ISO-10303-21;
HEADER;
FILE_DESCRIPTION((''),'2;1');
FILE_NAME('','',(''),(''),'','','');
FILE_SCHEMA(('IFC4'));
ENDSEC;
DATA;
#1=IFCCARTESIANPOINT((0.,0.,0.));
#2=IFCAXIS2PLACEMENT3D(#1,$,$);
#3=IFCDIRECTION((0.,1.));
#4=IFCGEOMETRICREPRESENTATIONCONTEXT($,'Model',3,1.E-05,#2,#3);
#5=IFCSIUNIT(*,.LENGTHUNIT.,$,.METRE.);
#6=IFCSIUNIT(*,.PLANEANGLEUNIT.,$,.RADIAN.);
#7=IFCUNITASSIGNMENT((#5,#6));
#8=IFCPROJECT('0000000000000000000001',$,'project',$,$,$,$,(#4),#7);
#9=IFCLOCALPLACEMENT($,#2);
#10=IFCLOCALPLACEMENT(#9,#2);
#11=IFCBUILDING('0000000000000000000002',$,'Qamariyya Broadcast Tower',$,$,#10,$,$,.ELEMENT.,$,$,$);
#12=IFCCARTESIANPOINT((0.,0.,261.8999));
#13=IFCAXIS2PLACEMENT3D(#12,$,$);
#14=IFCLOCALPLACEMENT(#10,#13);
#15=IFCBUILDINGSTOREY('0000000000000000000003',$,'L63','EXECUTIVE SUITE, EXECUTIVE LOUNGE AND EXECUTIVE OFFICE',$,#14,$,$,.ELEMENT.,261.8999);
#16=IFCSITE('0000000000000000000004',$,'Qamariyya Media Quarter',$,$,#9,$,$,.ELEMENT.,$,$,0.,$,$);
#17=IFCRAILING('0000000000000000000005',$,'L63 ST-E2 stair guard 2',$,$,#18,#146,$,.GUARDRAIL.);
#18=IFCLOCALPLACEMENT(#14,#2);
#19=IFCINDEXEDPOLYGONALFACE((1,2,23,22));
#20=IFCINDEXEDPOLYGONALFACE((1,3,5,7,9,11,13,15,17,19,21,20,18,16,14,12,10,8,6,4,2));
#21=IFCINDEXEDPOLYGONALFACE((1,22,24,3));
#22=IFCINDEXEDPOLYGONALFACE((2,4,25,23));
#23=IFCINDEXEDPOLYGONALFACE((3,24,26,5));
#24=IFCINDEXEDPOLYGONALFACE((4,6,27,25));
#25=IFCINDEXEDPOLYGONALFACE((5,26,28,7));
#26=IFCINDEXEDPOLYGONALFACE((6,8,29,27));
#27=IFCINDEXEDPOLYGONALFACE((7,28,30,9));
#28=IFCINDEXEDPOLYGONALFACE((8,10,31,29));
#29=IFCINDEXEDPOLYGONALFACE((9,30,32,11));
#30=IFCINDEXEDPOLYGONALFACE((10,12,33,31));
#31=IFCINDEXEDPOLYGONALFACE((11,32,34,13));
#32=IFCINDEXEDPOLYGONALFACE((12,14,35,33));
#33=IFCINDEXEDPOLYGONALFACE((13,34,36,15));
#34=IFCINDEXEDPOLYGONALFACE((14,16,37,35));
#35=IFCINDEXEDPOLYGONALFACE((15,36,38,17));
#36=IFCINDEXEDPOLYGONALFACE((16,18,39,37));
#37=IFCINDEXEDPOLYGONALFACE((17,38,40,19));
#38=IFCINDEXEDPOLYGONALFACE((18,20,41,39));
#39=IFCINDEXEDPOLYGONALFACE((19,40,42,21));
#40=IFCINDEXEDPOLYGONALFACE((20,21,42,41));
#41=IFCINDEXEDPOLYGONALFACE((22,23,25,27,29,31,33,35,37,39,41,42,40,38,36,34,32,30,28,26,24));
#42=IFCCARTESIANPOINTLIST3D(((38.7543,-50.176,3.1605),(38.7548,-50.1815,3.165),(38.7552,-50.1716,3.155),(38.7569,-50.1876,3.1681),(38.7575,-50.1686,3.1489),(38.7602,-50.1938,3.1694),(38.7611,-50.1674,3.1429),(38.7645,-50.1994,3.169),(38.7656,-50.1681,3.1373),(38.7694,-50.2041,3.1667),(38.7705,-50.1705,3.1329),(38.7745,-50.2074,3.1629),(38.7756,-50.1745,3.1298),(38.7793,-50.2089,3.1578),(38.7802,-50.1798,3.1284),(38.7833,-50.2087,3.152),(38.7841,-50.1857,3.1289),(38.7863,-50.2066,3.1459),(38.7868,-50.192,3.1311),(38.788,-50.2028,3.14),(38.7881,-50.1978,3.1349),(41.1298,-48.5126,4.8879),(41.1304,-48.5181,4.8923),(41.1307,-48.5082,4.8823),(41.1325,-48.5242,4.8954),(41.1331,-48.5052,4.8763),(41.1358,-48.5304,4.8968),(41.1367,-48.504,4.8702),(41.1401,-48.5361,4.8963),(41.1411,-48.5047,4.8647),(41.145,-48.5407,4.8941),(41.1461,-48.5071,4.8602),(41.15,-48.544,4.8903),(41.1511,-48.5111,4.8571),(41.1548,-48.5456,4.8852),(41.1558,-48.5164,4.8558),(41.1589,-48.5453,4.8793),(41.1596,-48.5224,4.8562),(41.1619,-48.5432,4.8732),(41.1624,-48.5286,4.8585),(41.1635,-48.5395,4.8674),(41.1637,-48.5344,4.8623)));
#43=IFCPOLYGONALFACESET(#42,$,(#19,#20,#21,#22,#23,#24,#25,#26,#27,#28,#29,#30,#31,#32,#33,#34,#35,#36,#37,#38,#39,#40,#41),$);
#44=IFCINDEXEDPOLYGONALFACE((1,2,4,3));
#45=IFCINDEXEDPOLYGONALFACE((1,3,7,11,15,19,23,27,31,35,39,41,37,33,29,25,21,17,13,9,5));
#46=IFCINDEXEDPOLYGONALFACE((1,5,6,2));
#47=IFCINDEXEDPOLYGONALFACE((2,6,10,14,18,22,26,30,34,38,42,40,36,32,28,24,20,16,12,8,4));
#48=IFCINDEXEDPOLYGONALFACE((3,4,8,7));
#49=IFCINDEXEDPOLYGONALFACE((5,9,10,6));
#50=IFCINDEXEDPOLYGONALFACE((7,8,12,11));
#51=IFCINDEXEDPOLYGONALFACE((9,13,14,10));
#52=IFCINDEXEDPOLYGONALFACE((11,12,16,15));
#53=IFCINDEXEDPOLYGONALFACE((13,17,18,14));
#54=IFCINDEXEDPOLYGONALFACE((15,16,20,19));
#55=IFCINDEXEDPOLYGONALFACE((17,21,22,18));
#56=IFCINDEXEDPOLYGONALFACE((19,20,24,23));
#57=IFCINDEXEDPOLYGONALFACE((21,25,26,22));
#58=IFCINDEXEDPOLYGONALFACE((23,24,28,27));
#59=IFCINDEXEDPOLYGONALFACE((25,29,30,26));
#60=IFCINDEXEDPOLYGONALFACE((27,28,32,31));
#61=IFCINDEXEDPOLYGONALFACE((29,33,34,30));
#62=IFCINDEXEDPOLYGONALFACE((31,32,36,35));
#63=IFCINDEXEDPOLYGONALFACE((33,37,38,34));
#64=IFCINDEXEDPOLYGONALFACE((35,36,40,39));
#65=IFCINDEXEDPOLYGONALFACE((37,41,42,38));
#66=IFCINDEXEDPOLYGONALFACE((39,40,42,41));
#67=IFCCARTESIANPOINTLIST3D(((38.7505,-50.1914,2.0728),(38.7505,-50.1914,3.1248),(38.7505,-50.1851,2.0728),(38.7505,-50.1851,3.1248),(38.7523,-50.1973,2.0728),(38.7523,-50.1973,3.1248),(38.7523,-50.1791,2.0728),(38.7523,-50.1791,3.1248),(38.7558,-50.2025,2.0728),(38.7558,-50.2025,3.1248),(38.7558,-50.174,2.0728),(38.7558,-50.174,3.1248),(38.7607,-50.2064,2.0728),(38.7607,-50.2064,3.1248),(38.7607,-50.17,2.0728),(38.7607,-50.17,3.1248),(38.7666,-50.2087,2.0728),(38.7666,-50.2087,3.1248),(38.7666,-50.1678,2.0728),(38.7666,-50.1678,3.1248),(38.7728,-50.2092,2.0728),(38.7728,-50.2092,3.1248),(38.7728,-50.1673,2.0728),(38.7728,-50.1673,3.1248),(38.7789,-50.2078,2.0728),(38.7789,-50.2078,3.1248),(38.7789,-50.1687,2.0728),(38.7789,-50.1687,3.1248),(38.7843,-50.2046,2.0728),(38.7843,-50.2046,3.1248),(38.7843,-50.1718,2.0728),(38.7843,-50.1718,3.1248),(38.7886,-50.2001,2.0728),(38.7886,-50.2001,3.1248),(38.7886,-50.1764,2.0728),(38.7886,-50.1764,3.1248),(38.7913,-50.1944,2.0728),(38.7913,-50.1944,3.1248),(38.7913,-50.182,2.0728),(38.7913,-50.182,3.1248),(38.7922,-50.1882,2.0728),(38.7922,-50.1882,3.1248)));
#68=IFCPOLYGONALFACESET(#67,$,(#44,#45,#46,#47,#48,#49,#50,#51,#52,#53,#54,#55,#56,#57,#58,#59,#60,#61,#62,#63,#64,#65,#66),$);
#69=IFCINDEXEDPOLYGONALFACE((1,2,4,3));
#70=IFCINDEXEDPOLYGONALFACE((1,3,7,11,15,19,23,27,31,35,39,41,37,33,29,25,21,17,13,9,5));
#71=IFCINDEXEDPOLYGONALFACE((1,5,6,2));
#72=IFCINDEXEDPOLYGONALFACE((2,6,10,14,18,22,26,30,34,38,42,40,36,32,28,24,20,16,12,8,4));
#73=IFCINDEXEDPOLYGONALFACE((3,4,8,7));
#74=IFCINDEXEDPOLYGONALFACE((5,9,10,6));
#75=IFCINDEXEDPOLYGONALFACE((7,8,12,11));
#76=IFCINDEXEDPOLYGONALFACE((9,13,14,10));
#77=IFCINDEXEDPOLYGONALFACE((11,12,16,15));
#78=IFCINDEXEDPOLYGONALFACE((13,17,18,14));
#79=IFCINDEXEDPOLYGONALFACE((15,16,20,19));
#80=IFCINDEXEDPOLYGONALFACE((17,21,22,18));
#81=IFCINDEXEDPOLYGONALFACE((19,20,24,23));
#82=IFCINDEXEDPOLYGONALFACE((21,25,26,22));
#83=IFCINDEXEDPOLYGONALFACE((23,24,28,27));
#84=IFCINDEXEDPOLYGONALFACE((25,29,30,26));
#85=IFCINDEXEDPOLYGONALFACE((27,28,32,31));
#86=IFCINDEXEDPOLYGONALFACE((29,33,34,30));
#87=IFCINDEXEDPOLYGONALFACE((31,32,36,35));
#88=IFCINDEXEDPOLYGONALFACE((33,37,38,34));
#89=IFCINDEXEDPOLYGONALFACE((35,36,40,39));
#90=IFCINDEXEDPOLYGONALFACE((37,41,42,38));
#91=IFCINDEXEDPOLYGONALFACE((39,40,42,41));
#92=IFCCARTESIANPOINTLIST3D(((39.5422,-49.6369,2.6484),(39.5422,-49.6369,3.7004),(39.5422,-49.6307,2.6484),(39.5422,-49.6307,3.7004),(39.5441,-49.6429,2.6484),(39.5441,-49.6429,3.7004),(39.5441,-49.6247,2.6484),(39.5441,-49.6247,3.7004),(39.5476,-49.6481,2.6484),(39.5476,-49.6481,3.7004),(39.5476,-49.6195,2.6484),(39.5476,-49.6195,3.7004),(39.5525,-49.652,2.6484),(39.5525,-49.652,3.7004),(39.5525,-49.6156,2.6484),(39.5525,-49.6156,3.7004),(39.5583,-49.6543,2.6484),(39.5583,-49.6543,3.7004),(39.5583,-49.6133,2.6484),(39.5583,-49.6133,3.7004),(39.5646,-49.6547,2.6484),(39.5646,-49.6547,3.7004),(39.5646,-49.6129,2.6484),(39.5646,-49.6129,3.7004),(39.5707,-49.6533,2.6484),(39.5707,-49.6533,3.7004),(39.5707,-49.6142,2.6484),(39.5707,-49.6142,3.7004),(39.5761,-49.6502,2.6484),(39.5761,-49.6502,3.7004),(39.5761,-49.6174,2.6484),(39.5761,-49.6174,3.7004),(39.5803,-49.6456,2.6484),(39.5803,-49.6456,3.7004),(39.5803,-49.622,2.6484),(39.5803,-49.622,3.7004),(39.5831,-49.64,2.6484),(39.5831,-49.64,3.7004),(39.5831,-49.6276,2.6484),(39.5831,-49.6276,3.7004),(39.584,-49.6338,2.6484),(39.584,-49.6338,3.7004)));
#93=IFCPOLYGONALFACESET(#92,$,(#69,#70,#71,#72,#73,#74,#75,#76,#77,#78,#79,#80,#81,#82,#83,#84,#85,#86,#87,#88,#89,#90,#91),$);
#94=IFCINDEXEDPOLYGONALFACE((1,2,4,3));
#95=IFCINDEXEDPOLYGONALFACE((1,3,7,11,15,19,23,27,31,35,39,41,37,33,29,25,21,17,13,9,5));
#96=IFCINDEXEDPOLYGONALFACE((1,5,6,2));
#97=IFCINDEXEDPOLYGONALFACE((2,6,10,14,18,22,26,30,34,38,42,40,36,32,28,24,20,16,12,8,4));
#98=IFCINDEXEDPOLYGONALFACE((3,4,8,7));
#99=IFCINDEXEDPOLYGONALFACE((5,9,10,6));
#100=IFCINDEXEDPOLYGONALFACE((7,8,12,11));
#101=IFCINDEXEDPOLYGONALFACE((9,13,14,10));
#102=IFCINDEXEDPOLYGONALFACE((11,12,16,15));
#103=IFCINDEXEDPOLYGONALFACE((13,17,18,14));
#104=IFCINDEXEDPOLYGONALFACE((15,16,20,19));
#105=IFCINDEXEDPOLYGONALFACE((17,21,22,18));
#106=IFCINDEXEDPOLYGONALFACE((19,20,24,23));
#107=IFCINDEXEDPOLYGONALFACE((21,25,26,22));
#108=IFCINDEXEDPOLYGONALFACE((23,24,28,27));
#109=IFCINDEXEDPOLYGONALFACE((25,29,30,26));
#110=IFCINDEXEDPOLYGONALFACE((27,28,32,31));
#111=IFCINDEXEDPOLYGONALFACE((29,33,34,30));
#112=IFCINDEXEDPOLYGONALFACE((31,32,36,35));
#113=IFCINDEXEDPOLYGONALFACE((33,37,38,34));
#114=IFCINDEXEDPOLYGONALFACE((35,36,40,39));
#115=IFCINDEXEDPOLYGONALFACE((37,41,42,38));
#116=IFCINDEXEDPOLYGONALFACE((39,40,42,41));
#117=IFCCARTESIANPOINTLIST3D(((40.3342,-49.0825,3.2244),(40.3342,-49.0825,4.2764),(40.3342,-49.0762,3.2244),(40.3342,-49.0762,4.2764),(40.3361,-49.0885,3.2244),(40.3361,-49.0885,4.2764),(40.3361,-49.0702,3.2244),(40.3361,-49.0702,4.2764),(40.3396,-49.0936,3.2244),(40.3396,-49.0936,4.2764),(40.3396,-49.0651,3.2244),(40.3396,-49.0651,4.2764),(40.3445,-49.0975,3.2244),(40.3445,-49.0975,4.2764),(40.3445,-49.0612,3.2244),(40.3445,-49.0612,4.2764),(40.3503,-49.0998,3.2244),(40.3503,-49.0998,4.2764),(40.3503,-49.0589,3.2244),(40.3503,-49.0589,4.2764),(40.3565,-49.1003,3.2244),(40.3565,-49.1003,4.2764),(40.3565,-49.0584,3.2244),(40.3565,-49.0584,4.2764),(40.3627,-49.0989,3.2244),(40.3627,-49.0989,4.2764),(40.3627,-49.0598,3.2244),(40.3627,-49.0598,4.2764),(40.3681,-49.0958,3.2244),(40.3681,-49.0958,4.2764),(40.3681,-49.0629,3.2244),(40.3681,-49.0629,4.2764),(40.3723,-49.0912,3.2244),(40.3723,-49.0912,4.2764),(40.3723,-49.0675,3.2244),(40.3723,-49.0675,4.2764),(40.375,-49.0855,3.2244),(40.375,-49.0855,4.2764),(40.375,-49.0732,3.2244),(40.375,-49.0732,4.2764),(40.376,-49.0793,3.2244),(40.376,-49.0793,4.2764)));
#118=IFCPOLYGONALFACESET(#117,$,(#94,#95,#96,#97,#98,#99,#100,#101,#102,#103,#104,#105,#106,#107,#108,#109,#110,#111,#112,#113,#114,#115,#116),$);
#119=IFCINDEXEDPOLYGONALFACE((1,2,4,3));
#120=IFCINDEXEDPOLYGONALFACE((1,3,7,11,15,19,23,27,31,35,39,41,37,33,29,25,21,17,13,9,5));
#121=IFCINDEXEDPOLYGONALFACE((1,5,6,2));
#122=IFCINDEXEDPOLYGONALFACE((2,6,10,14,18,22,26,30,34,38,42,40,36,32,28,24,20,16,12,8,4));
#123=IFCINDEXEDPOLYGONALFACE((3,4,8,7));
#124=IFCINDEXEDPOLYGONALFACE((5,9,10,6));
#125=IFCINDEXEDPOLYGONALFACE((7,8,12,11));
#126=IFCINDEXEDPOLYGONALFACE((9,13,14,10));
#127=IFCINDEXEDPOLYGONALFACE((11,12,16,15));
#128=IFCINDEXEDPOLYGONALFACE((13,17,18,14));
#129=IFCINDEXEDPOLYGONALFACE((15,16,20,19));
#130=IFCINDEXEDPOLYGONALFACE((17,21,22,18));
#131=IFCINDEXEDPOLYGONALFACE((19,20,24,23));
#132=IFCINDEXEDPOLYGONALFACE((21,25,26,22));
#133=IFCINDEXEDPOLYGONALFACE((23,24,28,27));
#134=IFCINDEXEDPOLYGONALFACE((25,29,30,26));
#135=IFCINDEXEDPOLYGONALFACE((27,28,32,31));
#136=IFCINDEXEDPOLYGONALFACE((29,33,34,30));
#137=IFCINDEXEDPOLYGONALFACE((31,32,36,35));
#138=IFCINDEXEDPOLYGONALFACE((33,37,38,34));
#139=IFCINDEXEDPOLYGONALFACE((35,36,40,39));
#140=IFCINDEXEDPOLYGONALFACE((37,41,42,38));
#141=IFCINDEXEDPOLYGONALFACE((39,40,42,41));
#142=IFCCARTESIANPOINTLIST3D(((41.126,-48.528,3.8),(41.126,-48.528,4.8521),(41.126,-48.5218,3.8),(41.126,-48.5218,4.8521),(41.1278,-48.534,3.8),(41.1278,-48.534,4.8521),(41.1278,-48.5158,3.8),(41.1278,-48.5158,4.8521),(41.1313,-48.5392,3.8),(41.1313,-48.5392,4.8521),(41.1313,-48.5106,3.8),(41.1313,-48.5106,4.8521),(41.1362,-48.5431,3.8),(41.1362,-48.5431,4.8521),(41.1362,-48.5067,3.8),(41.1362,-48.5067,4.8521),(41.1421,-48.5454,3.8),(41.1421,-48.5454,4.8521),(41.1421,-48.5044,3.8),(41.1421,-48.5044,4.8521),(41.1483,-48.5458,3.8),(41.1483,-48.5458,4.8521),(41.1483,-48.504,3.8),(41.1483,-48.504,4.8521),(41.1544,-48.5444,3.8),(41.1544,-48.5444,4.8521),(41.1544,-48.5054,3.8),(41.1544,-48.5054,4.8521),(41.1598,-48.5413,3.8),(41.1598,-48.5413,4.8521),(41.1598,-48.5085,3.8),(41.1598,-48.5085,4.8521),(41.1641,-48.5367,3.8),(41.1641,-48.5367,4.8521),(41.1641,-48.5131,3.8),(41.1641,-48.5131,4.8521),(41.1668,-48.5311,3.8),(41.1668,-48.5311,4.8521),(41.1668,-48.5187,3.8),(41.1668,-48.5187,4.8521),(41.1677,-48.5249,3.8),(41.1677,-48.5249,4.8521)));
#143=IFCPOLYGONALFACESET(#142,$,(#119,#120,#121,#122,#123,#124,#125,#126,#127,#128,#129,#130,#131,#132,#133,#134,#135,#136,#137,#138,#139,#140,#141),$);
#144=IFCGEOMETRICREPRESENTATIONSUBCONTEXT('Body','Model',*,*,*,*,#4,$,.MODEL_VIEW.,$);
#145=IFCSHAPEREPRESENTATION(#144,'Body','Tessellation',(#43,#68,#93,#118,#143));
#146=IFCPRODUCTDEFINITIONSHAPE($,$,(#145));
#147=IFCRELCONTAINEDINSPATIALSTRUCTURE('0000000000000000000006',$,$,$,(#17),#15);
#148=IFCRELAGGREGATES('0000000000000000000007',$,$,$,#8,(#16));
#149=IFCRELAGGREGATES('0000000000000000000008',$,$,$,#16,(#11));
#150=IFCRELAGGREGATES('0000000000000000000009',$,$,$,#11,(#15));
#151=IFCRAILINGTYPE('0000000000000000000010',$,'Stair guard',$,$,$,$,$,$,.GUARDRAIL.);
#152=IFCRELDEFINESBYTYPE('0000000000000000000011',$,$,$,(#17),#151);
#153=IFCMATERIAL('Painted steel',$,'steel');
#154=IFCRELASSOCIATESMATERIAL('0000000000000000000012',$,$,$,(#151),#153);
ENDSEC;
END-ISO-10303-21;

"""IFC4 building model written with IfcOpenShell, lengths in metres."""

from ifc_helpers import new_model, si_unit, direction, frame, origin, origin_2d, place, context, subcontext, project, spatial, circle, extrude, material, type_object, element, save


model = new_model("IFC4")

# Units and contexts
model_context = context("Model", 3, precision=1e-05, world=origin(), true_north=direction((0.0, 1.0)))
body_context = subcontext(model_context, "Body", "Model", "MODEL_VIEW")
ifc_project = project(units=[si_unit("LENGTHUNIT", "METRE"), si_unit("PLANEANGLEUNIT", "RADIAN")], contexts=[model_context])

# Site, building, storey
site_placement = place(None, origin())
site = spatial("IfcSite", under=ifc_project, at=site_placement, Name="Qamariyya Media Quarter", CompositionType="ELEMENT", RefElevation=0.0)
building_placement = place(site_placement, origin())
building = spatial("IfcBuilding", under=site, at=building_placement, Name="Qamariyya Broadcast Tower", CompositionType="ELEMENT")
storey_placement = place(building_placement, frame((0.0, 0.0, 261.8999)))
storey = spatial("IfcBuildingStorey", under=building, at=storey_placement, Name="L63", Description="EXECUTIVE SUITE, EXECUTIVE LOUNGE AND EXECUTIVE OFFICE", CompositionType="ELEMENT", Elevation=261.8999)

# Railing
ifc_material_1 = material(Name="Painted steel", Category="steel")
railing_type_1 = type_object("IfcRailingType", Name="Stair guard", PredefinedType="GUARDRAIL", material=ifc_material_1)
railing_1_placement = place(storey_placement, frame((38.7712, -50.1882, 2.0728)))
element("IfcRailing", 1, at=railing_1_placement, inside=storey, type_object=railing_type_1, Name="L63 ST-E2 stair guard 2", PredefinedType="GUARDRAIL", context=body_context, shape_type="SweptSolid", body=[
    extrude(circle(Radius=0.0239, at=origin_2d()), frame((0.0, 0.0, 1.0762), z_axis=(0.70377, 0.492784, 0.511734), x_axis=(-0.573575, 0.819153, 0.0)), (0.0, 0.0, 1.0), 3.3755),
    extrude(circle(Radius=0.021, at=origin_2d()), origin(), (0.0, 0.0, 1.0), 1.052),
    extrude(circle(Radius=0.021, at=origin_2d()), frame((0.7917, 0.5544, 0.5757)), (0.0, 0.0, 1.0), 1.052),
    extrude(circle(Radius=0.021, at=origin_2d()), frame((1.5837, 1.1089, 1.1516)), (0.0, 0.0, 1.0), 1.052),
    extrude(circle(Radius=0.021, at=origin_2d()), frame((2.3755, 1.6633, 1.7273)), (0.0, 0.0, 1.0), 1.052),
])

save(model, "model.ifc")
